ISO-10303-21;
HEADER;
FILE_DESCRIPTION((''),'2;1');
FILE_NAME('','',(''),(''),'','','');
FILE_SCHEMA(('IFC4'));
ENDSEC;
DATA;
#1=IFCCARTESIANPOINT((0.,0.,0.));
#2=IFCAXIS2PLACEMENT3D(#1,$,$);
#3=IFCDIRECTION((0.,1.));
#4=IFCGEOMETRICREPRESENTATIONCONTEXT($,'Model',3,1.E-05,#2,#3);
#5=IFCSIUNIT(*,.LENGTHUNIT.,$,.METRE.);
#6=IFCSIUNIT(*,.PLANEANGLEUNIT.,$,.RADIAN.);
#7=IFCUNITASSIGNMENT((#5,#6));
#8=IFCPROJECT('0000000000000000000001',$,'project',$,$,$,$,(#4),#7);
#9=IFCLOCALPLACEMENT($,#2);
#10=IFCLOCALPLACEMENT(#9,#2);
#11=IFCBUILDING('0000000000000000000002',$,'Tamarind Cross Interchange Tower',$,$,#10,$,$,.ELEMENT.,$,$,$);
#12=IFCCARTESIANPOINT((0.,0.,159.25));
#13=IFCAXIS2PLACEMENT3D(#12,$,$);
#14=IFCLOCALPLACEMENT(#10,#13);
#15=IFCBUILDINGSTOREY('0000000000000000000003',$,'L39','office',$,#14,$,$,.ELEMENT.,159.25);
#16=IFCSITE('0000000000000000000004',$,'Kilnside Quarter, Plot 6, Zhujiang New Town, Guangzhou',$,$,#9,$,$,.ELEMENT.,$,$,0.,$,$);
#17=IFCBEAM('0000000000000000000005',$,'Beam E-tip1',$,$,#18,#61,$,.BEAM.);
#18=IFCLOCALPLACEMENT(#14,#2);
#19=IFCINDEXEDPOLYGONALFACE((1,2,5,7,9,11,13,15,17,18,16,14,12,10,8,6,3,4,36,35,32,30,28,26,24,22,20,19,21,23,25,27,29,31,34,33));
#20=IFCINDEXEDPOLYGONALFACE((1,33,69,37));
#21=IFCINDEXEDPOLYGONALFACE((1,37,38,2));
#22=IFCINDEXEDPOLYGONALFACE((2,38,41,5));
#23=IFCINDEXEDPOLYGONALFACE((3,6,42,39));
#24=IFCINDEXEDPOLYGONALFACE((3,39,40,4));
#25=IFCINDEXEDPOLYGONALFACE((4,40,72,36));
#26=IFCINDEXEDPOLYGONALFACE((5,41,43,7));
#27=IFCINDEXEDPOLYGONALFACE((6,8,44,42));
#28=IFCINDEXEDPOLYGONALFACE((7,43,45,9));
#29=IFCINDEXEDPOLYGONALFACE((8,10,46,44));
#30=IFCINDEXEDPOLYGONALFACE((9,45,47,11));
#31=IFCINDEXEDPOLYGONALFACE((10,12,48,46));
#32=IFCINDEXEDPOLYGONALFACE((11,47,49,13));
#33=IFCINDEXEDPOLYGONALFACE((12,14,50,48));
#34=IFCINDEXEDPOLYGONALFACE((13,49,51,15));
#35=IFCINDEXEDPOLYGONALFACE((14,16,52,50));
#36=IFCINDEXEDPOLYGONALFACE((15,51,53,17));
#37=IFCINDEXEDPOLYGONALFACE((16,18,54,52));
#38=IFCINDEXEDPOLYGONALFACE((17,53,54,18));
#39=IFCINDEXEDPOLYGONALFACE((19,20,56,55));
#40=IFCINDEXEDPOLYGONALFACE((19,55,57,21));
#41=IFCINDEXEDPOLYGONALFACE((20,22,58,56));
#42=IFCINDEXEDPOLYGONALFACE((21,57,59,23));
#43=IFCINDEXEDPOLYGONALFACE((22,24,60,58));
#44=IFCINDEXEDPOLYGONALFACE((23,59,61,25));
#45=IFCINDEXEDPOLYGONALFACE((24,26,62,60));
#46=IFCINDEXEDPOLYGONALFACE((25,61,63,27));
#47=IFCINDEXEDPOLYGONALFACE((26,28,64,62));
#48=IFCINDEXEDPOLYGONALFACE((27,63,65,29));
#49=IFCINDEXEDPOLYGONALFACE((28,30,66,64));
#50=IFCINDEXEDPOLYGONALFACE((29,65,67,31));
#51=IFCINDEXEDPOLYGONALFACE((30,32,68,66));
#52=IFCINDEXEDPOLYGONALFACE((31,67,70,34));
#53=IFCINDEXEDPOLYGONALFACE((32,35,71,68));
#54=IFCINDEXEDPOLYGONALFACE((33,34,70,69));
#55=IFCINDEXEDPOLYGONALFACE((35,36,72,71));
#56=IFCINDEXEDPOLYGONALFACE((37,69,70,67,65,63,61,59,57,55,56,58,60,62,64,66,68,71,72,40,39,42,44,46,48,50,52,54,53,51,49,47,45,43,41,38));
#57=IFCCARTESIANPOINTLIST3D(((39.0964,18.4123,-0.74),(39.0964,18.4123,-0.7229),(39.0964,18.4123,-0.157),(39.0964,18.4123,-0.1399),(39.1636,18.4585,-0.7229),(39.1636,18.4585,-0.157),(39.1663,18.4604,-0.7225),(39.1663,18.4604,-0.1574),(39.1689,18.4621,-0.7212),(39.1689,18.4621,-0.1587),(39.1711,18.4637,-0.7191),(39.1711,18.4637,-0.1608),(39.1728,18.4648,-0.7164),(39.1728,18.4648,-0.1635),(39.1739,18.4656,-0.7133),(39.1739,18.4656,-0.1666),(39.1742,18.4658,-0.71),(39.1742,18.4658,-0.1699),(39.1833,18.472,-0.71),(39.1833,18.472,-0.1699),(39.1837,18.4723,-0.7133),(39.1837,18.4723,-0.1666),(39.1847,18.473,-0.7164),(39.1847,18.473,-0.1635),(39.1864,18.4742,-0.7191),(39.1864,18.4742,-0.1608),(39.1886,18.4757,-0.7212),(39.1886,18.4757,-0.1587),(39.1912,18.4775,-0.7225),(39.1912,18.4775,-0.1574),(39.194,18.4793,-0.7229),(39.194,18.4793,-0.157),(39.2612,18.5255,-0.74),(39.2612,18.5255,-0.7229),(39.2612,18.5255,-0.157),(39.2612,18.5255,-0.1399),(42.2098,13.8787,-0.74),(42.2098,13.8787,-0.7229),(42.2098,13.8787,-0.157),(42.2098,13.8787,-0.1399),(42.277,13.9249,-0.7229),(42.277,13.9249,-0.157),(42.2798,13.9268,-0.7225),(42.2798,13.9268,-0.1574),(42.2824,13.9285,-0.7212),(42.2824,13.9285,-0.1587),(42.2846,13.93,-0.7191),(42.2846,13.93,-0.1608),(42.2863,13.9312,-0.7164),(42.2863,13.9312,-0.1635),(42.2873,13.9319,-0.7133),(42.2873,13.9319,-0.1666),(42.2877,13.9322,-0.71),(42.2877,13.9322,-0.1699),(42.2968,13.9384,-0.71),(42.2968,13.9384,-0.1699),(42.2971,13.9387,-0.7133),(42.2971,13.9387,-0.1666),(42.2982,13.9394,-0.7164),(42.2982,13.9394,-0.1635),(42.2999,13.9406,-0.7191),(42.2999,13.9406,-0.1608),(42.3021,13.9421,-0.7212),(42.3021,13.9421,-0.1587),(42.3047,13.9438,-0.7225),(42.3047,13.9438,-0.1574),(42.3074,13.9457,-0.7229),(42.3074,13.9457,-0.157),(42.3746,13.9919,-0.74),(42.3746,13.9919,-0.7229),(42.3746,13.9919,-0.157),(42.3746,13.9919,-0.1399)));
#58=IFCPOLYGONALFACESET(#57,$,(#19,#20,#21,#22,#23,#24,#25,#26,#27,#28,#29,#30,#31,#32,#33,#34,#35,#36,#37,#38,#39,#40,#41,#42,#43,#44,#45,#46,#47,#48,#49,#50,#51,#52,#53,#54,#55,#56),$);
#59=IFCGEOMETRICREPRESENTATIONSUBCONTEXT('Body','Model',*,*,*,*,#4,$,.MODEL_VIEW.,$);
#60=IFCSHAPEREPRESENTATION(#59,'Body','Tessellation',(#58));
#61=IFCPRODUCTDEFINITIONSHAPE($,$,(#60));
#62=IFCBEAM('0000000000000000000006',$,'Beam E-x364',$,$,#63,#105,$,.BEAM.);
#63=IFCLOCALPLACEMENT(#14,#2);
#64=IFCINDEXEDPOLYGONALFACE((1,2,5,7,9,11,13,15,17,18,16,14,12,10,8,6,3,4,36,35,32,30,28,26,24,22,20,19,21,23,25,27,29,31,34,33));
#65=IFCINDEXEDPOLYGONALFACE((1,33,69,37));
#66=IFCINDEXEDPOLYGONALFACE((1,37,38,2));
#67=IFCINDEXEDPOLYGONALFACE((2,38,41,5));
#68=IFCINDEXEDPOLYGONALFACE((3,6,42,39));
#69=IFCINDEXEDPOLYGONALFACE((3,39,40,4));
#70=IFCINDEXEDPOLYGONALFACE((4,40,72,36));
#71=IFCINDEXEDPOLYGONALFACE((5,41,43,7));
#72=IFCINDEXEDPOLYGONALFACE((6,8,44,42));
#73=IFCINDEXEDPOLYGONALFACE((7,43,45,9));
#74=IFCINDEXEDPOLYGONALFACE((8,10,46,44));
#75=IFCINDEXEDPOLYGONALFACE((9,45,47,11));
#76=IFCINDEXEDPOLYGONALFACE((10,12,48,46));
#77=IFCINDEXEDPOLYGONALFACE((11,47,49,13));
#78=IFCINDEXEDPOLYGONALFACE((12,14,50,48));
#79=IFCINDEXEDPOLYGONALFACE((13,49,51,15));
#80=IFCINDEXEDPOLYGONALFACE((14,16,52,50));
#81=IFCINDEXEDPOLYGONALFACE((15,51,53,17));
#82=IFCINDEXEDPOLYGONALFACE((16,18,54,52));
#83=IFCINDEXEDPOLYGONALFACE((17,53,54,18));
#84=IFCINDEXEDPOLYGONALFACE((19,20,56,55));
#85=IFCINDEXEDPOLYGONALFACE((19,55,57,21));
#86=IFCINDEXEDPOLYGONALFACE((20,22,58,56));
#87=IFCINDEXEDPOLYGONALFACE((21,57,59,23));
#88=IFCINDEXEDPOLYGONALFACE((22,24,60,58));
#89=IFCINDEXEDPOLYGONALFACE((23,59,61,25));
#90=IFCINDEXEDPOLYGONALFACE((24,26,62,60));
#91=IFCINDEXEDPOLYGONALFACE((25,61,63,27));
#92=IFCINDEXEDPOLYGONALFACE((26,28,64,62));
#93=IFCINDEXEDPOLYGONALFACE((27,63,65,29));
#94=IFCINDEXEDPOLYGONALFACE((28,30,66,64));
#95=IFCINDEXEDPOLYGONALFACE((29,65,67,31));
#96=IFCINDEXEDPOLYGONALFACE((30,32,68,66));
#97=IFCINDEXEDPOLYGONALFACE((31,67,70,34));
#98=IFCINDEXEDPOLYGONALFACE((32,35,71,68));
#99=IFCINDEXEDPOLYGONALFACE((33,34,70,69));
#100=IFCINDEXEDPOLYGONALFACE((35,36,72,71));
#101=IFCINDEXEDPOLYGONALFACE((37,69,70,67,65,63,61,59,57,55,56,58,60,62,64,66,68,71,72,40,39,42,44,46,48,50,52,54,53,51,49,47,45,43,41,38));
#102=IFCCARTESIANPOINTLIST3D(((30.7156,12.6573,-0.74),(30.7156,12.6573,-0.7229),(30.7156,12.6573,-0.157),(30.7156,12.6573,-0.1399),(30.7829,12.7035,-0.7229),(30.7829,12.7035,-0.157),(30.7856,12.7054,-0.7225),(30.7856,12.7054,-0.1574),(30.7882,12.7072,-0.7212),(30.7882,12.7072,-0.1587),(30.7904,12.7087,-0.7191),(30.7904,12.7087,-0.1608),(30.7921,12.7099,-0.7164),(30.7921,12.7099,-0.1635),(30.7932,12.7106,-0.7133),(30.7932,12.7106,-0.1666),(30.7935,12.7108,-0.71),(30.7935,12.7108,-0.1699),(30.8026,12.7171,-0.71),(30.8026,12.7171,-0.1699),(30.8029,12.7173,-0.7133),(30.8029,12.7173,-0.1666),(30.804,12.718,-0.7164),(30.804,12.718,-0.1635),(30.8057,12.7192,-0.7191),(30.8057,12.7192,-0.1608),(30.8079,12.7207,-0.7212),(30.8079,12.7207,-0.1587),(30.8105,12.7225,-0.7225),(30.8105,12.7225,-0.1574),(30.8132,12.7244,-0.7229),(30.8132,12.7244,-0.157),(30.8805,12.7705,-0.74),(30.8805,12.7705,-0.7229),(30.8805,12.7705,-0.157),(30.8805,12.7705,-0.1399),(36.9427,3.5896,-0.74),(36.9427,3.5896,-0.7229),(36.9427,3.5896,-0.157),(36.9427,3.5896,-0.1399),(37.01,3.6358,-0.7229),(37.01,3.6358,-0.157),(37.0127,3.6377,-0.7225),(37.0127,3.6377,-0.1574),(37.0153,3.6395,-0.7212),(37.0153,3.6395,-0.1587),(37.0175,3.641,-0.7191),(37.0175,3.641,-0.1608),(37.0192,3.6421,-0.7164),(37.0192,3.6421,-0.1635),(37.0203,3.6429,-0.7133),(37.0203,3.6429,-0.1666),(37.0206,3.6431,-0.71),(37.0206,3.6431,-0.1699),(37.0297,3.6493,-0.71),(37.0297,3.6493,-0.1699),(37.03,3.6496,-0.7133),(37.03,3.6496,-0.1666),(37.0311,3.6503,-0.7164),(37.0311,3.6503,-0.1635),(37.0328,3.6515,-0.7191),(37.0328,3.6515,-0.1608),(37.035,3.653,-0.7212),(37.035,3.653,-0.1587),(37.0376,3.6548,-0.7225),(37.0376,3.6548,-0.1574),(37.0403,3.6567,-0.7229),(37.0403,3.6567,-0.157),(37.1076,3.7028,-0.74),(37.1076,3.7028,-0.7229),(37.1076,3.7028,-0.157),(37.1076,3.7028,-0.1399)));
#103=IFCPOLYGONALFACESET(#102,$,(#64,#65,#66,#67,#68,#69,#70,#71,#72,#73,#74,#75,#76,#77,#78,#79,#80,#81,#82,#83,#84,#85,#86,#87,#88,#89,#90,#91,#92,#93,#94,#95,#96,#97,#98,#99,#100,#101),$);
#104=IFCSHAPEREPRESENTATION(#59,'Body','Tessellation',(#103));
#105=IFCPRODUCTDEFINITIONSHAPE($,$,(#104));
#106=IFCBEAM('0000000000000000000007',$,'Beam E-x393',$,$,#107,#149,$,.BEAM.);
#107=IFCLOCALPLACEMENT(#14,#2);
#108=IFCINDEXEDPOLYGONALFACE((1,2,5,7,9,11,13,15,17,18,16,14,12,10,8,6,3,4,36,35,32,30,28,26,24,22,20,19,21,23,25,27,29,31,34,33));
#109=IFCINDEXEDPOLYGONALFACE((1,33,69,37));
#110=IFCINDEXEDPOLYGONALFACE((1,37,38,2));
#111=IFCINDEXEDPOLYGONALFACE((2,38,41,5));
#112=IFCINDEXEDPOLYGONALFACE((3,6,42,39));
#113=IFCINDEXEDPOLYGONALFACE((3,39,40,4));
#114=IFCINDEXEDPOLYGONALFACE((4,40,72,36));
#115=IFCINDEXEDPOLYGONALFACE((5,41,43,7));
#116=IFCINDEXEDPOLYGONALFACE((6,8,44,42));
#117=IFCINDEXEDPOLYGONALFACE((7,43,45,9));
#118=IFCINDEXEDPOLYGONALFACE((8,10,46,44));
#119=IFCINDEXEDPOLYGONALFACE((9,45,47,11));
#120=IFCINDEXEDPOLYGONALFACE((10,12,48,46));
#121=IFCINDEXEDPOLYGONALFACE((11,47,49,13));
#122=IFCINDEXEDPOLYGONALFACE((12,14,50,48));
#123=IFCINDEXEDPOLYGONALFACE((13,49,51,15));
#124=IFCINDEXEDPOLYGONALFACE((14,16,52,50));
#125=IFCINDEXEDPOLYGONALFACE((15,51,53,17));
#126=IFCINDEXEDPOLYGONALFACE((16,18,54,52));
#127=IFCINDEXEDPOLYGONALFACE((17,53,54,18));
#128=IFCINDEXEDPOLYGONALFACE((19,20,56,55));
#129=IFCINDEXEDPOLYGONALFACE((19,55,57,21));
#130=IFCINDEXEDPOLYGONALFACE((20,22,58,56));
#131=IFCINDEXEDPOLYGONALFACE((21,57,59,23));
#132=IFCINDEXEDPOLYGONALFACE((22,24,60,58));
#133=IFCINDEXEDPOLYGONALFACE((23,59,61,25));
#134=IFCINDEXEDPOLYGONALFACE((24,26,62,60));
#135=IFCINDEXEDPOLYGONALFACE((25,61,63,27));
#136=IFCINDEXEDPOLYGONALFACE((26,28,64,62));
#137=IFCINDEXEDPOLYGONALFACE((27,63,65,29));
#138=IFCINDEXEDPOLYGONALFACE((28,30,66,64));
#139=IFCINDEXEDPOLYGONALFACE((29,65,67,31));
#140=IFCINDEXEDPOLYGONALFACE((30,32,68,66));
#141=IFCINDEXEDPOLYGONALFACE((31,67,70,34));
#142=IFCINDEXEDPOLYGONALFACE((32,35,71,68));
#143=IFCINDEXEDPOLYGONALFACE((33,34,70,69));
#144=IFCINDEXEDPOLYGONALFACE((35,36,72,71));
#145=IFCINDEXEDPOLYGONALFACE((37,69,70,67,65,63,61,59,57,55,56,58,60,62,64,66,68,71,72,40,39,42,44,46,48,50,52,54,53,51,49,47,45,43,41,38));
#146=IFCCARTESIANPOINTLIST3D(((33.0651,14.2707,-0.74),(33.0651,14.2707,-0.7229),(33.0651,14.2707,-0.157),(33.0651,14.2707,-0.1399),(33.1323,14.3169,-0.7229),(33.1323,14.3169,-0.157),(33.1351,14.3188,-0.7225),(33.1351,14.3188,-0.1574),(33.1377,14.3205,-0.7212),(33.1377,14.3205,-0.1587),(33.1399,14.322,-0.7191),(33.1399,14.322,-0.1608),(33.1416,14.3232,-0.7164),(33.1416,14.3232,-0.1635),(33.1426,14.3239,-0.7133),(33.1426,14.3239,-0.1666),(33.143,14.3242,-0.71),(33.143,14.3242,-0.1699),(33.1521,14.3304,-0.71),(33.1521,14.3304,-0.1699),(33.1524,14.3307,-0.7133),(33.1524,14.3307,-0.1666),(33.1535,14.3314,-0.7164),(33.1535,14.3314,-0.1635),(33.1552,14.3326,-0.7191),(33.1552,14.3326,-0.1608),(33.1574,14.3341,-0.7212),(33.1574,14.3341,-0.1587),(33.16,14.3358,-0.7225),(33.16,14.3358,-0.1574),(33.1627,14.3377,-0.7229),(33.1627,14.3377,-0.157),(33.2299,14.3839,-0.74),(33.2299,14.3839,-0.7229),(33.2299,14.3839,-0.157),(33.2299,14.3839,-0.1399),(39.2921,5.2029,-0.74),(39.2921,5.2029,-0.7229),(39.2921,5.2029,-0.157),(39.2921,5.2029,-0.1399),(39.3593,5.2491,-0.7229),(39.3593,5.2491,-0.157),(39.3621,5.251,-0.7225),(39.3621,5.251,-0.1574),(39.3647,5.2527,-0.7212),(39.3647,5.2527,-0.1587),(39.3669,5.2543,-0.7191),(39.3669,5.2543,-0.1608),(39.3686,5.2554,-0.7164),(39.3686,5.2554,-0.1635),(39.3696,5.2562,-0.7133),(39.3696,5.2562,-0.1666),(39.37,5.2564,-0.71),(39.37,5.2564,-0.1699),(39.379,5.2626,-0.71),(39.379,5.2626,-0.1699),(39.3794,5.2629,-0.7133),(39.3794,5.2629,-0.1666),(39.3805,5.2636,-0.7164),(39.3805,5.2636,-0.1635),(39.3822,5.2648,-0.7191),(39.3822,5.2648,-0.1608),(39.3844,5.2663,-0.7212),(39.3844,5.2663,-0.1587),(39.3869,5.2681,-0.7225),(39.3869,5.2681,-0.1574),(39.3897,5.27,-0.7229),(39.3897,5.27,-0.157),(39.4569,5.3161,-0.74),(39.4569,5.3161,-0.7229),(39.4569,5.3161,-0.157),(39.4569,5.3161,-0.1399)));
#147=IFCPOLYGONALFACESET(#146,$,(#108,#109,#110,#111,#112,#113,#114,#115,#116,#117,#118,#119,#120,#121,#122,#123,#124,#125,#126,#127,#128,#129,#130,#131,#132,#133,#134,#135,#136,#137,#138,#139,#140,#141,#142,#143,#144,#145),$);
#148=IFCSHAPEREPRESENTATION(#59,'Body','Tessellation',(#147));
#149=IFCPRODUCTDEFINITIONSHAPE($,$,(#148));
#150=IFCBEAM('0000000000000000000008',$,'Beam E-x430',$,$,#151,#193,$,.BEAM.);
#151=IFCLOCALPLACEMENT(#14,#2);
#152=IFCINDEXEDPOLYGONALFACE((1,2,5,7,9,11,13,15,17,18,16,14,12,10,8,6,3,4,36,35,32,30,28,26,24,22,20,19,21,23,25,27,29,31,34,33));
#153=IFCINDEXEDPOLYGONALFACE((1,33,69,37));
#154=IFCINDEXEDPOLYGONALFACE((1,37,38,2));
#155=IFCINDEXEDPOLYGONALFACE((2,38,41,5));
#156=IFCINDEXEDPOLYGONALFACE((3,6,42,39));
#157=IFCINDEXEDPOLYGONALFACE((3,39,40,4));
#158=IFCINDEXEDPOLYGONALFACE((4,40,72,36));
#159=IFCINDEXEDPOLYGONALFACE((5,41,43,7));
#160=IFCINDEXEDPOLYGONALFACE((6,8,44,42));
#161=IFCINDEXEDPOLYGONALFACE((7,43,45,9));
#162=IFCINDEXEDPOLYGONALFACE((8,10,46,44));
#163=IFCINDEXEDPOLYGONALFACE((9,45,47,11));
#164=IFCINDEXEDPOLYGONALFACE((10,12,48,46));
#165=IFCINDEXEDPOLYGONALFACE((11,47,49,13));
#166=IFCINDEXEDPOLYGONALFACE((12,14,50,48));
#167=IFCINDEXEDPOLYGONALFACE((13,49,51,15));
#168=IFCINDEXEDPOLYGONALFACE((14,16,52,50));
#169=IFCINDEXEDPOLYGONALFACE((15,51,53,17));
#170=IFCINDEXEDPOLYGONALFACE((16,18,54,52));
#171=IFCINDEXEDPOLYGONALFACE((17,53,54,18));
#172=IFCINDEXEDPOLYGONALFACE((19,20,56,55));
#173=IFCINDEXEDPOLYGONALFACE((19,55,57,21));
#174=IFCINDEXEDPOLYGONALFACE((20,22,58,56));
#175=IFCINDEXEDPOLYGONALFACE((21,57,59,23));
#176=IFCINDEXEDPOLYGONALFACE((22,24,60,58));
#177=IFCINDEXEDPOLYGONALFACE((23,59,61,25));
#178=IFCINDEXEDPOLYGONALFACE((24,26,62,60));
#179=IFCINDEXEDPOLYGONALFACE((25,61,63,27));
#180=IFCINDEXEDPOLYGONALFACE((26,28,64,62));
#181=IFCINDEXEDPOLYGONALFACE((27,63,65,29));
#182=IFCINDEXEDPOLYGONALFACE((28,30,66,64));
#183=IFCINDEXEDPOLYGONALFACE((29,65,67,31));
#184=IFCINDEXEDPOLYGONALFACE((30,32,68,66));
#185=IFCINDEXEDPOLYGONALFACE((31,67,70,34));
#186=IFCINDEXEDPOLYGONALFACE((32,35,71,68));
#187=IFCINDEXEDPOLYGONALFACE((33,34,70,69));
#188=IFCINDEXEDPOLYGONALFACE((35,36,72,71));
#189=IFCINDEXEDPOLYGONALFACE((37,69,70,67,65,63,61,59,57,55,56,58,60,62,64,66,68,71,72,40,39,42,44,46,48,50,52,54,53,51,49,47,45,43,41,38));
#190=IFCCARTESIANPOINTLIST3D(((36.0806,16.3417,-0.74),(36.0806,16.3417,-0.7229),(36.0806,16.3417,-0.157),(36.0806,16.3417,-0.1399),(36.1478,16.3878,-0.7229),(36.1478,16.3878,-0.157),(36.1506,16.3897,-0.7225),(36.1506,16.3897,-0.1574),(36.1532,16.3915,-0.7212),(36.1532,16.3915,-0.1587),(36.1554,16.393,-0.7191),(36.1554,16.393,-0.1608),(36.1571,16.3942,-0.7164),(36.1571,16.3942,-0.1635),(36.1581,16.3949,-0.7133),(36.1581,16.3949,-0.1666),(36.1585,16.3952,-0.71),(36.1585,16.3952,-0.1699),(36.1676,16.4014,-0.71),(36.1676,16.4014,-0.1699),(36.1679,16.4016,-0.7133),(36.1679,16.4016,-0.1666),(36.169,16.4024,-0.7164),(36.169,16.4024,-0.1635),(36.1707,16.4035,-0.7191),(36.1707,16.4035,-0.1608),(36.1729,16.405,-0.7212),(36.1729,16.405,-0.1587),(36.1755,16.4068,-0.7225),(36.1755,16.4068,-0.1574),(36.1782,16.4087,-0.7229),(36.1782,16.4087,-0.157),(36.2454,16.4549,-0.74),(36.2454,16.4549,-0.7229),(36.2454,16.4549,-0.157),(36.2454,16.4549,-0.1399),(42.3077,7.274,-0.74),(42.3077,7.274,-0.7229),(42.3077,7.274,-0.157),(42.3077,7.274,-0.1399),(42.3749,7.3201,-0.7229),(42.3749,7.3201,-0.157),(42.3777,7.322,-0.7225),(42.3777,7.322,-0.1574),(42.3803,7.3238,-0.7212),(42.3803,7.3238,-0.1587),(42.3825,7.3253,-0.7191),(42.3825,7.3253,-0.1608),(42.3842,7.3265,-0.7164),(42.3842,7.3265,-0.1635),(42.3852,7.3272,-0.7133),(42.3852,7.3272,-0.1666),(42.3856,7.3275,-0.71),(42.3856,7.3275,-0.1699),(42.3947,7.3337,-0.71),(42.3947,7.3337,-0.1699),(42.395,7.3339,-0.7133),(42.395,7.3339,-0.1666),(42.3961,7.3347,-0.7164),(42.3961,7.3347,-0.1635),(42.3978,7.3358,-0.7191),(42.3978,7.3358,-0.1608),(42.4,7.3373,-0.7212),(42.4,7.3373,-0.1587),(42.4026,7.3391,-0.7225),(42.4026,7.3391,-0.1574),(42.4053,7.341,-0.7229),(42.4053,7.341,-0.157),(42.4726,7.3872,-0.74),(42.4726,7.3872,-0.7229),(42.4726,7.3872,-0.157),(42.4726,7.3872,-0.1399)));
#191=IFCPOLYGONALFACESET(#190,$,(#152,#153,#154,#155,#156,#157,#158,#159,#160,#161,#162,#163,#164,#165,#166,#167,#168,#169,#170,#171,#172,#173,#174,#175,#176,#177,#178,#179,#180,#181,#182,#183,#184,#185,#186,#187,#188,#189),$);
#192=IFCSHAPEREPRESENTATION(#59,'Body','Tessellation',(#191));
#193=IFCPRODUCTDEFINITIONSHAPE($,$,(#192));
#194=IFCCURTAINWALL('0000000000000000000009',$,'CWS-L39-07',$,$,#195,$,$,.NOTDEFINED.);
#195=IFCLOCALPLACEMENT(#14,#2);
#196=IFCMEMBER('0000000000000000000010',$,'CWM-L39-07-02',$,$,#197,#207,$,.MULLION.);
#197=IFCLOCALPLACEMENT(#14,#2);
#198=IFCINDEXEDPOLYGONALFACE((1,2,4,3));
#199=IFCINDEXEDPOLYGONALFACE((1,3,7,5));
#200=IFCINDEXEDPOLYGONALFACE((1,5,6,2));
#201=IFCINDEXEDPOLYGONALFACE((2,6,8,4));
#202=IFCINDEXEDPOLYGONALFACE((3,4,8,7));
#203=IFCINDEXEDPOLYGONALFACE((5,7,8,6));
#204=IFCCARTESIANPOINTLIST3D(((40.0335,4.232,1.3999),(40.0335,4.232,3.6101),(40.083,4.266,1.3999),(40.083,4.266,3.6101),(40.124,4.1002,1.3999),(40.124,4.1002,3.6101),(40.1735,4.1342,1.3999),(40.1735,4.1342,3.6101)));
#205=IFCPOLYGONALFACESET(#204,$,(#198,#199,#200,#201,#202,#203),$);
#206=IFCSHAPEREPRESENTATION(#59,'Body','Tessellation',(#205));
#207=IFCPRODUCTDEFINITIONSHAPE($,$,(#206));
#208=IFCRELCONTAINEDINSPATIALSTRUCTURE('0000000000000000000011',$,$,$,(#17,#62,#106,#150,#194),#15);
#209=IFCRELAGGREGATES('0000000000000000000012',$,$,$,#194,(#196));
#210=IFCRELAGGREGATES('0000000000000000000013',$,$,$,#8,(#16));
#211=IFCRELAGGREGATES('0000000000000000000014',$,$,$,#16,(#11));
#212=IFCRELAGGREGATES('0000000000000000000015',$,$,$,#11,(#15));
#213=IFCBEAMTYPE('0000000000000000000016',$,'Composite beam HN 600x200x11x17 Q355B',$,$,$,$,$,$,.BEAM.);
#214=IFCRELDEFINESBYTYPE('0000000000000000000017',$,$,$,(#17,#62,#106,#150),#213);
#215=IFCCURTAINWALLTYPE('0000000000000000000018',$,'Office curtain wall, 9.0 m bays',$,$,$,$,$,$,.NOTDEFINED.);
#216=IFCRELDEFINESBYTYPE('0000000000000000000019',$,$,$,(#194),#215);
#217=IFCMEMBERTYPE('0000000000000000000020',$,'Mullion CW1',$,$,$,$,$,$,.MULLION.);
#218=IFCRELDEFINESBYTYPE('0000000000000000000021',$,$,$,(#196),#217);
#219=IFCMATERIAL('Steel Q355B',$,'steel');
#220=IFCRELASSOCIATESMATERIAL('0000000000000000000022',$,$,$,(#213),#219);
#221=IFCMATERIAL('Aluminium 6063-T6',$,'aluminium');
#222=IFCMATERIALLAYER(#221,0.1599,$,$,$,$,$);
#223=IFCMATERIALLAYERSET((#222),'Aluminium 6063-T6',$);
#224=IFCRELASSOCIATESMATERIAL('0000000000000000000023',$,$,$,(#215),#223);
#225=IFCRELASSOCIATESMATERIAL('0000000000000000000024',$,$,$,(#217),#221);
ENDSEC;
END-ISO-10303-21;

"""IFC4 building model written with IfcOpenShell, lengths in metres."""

from ifc_helpers import new_model, si_unit, direction, frame, origin, origin_2d, place, context, subcontext, project, spatial, rectangle, i_section, extrude, material, layer, layer_set, material_profile, profile_set, type_object, element, aggregate, save


model = new_model("IFC4")

# Units and contexts
model_context = context("Model", 3, precision=1e-05, world=origin(), true_north=direction((0.0, 1.0)))
body_context = subcontext(model_context, "Body", "Model", "MODEL_VIEW")
ifc_project = project(units=[si_unit("LENGTHUNIT", "METRE"), si_unit("PLANEANGLEUNIT", "RADIAN")], contexts=[model_context])

# Site, building, storey
site_placement = place(None, origin())
site = spatial("IfcSite", under=ifc_project, at=site_placement, Name="Kilnside Quarter, Plot 6, Zhujiang New Town, Guangzhou", CompositionType="ELEMENT", RefElevation=0.0)
building_placement = place(site_placement, origin())
building = spatial("IfcBuilding", under=site, at=building_placement, Name="Tamarind Cross Interchange Tower", CompositionType="ELEMENT")
storey_placement = place(building_placement, frame((0.0, 0.0, 159.25)))
storey = spatial("IfcBuildingStorey", under=building, at=storey_placement, Name="L39", Description="office", CompositionType="ELEMENT", Elevation=159.25)

# Beams
ifc_material_1 = material(Name="Steel Q355B", Category="steel")
ifc_material_profile_1 = material_profile(ifc_material_1, i_section(OverallWidth=0.2, OverallDepth=0.6001, WebThickness=0.011, FlangeThickness=0.0171, FilletRadius=0.0129, at=origin_2d()), Name="HN 600x200x11x17")
ifc_profile_set_1 = profile_set([ifc_material_profile_1], Name="Steel Q355B")
beam_type_1 = type_object("IfcBeamType", Name="Composite beam HN 600x200x11x17 Q355B", PredefinedType="BEAM", material=ifc_profile_set_1)
beam_1_placement = place(storey_placement, frame((42.2922, 13.9353, -0.4399), z_axis=(-0.566111, 0.824329, 0.0), x_axis=(-0.824329, -0.566111, 0.0)))
element("IfcBeam", 1, at=beam_1_placement, inside=storey, type_object=beam_type_1, Name="Beam E-tip1", PredefinedType="BEAM", context=body_context, shape_type="SweptSolid", body=[
    extrude(i_section(OverallWidth=0.2, OverallDepth=0.6001, WebThickness=0.011, FlangeThickness=0.0171, FilletRadius=0.0129, at=origin_2d()), origin(), (0.0, 0.0, 1.0), 5.4998),
])
for number, where, z_axis, x_axis, name in (
    (2, (37.0251, 3.6462, -0.4399), (-0.5661, 0.824336, 0.0), (-0.824336, -0.5661, 0.0), "Beam E-x364"),
    (3, (39.3745, 5.2595, -0.4399), (-0.56609, 0.824344, 0.0), (-0.824344, -0.56609, 0.0), "Beam E-x393"),
    (4, (42.3901, 7.3306, -0.4399), (-0.5661, 0.824336, 0.0), (-0.824336, -0.5661, 0.0), "Beam E-x430"),
):
    element("IfcBeam", number, at=place(storey_placement, frame(where, z_axis=z_axis, x_axis=x_axis)), inside=storey, type_object=beam_type_1, Name=name, PredefinedType="BEAM", context=body_context, shape_type="SweptSolid", body=[
        extrude(i_section(OverallWidth=0.2, OverallDepth=0.6001, WebThickness=0.011, FlangeThickness=0.0171, FilletRadius=0.0129, at=origin_2d()), origin(), (0.0, 0.0, 1.0), 11.0),
    ])

# Curtain wall, member
ifc_material_2 = material(Name="Aluminium 6063-T6", Category="aluminium")
ifc_layer_1 = layer(ifc_material_2, 0.1599)
ifc_layer_set_1 = layer_set([ifc_layer_1], Name="Aluminium 6063-T6")
curtain_wall_type = type_object("IfcCurtainWallType", Name="Office curtain wall, 9.0 m bays", PredefinedType="NOTDEFINED", material=ifc_layer_set_1)
curtain_wall_1_placement = place(storey_placement, origin())
curtain_wall_1 = element("IfcCurtainWall", 5, at=curtain_wall_1_placement, inside=storey, type_object=curtain_wall_type, Name="CWS-L39-07", PredefinedType="NOTDEFINED")
ifc_material_profile_2 = material_profile(ifc_material_2, rectangle(XDim=0.0601, YDim=0.1599, at=origin_2d()), Name="Mullion CW1")
ifc_profile_set_2 = profile_set([ifc_material_profile_2], Name="Aluminium 6063-T6")
member_type = type_object("IfcMemberType", Name="Mullion CW1", PredefinedType="MULLION", material=ifc_profile_set_2)
member_1_placement = place(storey_placement, frame((40.1035, 4.1831, 1.3999), z_axis=(0.0, 0.0, 1.0), x_axis=(0.82434, 0.566096, 0.0)))
member_1 = element("IfcMember", 6, at=member_1_placement, type_object=member_type, Name="CWM-L39-07-02", PredefinedType="MULLION", context=body_context, shape_type="SweptSolid", body=[
    extrude(rectangle(XDim=0.0601, YDim=0.1599, at=origin_2d()), origin(), (0.0, 0.0, 1.0), 2.2102),
])
aggregate(curtain_wall_1, [member_1])

save(model, "model.ifc")
